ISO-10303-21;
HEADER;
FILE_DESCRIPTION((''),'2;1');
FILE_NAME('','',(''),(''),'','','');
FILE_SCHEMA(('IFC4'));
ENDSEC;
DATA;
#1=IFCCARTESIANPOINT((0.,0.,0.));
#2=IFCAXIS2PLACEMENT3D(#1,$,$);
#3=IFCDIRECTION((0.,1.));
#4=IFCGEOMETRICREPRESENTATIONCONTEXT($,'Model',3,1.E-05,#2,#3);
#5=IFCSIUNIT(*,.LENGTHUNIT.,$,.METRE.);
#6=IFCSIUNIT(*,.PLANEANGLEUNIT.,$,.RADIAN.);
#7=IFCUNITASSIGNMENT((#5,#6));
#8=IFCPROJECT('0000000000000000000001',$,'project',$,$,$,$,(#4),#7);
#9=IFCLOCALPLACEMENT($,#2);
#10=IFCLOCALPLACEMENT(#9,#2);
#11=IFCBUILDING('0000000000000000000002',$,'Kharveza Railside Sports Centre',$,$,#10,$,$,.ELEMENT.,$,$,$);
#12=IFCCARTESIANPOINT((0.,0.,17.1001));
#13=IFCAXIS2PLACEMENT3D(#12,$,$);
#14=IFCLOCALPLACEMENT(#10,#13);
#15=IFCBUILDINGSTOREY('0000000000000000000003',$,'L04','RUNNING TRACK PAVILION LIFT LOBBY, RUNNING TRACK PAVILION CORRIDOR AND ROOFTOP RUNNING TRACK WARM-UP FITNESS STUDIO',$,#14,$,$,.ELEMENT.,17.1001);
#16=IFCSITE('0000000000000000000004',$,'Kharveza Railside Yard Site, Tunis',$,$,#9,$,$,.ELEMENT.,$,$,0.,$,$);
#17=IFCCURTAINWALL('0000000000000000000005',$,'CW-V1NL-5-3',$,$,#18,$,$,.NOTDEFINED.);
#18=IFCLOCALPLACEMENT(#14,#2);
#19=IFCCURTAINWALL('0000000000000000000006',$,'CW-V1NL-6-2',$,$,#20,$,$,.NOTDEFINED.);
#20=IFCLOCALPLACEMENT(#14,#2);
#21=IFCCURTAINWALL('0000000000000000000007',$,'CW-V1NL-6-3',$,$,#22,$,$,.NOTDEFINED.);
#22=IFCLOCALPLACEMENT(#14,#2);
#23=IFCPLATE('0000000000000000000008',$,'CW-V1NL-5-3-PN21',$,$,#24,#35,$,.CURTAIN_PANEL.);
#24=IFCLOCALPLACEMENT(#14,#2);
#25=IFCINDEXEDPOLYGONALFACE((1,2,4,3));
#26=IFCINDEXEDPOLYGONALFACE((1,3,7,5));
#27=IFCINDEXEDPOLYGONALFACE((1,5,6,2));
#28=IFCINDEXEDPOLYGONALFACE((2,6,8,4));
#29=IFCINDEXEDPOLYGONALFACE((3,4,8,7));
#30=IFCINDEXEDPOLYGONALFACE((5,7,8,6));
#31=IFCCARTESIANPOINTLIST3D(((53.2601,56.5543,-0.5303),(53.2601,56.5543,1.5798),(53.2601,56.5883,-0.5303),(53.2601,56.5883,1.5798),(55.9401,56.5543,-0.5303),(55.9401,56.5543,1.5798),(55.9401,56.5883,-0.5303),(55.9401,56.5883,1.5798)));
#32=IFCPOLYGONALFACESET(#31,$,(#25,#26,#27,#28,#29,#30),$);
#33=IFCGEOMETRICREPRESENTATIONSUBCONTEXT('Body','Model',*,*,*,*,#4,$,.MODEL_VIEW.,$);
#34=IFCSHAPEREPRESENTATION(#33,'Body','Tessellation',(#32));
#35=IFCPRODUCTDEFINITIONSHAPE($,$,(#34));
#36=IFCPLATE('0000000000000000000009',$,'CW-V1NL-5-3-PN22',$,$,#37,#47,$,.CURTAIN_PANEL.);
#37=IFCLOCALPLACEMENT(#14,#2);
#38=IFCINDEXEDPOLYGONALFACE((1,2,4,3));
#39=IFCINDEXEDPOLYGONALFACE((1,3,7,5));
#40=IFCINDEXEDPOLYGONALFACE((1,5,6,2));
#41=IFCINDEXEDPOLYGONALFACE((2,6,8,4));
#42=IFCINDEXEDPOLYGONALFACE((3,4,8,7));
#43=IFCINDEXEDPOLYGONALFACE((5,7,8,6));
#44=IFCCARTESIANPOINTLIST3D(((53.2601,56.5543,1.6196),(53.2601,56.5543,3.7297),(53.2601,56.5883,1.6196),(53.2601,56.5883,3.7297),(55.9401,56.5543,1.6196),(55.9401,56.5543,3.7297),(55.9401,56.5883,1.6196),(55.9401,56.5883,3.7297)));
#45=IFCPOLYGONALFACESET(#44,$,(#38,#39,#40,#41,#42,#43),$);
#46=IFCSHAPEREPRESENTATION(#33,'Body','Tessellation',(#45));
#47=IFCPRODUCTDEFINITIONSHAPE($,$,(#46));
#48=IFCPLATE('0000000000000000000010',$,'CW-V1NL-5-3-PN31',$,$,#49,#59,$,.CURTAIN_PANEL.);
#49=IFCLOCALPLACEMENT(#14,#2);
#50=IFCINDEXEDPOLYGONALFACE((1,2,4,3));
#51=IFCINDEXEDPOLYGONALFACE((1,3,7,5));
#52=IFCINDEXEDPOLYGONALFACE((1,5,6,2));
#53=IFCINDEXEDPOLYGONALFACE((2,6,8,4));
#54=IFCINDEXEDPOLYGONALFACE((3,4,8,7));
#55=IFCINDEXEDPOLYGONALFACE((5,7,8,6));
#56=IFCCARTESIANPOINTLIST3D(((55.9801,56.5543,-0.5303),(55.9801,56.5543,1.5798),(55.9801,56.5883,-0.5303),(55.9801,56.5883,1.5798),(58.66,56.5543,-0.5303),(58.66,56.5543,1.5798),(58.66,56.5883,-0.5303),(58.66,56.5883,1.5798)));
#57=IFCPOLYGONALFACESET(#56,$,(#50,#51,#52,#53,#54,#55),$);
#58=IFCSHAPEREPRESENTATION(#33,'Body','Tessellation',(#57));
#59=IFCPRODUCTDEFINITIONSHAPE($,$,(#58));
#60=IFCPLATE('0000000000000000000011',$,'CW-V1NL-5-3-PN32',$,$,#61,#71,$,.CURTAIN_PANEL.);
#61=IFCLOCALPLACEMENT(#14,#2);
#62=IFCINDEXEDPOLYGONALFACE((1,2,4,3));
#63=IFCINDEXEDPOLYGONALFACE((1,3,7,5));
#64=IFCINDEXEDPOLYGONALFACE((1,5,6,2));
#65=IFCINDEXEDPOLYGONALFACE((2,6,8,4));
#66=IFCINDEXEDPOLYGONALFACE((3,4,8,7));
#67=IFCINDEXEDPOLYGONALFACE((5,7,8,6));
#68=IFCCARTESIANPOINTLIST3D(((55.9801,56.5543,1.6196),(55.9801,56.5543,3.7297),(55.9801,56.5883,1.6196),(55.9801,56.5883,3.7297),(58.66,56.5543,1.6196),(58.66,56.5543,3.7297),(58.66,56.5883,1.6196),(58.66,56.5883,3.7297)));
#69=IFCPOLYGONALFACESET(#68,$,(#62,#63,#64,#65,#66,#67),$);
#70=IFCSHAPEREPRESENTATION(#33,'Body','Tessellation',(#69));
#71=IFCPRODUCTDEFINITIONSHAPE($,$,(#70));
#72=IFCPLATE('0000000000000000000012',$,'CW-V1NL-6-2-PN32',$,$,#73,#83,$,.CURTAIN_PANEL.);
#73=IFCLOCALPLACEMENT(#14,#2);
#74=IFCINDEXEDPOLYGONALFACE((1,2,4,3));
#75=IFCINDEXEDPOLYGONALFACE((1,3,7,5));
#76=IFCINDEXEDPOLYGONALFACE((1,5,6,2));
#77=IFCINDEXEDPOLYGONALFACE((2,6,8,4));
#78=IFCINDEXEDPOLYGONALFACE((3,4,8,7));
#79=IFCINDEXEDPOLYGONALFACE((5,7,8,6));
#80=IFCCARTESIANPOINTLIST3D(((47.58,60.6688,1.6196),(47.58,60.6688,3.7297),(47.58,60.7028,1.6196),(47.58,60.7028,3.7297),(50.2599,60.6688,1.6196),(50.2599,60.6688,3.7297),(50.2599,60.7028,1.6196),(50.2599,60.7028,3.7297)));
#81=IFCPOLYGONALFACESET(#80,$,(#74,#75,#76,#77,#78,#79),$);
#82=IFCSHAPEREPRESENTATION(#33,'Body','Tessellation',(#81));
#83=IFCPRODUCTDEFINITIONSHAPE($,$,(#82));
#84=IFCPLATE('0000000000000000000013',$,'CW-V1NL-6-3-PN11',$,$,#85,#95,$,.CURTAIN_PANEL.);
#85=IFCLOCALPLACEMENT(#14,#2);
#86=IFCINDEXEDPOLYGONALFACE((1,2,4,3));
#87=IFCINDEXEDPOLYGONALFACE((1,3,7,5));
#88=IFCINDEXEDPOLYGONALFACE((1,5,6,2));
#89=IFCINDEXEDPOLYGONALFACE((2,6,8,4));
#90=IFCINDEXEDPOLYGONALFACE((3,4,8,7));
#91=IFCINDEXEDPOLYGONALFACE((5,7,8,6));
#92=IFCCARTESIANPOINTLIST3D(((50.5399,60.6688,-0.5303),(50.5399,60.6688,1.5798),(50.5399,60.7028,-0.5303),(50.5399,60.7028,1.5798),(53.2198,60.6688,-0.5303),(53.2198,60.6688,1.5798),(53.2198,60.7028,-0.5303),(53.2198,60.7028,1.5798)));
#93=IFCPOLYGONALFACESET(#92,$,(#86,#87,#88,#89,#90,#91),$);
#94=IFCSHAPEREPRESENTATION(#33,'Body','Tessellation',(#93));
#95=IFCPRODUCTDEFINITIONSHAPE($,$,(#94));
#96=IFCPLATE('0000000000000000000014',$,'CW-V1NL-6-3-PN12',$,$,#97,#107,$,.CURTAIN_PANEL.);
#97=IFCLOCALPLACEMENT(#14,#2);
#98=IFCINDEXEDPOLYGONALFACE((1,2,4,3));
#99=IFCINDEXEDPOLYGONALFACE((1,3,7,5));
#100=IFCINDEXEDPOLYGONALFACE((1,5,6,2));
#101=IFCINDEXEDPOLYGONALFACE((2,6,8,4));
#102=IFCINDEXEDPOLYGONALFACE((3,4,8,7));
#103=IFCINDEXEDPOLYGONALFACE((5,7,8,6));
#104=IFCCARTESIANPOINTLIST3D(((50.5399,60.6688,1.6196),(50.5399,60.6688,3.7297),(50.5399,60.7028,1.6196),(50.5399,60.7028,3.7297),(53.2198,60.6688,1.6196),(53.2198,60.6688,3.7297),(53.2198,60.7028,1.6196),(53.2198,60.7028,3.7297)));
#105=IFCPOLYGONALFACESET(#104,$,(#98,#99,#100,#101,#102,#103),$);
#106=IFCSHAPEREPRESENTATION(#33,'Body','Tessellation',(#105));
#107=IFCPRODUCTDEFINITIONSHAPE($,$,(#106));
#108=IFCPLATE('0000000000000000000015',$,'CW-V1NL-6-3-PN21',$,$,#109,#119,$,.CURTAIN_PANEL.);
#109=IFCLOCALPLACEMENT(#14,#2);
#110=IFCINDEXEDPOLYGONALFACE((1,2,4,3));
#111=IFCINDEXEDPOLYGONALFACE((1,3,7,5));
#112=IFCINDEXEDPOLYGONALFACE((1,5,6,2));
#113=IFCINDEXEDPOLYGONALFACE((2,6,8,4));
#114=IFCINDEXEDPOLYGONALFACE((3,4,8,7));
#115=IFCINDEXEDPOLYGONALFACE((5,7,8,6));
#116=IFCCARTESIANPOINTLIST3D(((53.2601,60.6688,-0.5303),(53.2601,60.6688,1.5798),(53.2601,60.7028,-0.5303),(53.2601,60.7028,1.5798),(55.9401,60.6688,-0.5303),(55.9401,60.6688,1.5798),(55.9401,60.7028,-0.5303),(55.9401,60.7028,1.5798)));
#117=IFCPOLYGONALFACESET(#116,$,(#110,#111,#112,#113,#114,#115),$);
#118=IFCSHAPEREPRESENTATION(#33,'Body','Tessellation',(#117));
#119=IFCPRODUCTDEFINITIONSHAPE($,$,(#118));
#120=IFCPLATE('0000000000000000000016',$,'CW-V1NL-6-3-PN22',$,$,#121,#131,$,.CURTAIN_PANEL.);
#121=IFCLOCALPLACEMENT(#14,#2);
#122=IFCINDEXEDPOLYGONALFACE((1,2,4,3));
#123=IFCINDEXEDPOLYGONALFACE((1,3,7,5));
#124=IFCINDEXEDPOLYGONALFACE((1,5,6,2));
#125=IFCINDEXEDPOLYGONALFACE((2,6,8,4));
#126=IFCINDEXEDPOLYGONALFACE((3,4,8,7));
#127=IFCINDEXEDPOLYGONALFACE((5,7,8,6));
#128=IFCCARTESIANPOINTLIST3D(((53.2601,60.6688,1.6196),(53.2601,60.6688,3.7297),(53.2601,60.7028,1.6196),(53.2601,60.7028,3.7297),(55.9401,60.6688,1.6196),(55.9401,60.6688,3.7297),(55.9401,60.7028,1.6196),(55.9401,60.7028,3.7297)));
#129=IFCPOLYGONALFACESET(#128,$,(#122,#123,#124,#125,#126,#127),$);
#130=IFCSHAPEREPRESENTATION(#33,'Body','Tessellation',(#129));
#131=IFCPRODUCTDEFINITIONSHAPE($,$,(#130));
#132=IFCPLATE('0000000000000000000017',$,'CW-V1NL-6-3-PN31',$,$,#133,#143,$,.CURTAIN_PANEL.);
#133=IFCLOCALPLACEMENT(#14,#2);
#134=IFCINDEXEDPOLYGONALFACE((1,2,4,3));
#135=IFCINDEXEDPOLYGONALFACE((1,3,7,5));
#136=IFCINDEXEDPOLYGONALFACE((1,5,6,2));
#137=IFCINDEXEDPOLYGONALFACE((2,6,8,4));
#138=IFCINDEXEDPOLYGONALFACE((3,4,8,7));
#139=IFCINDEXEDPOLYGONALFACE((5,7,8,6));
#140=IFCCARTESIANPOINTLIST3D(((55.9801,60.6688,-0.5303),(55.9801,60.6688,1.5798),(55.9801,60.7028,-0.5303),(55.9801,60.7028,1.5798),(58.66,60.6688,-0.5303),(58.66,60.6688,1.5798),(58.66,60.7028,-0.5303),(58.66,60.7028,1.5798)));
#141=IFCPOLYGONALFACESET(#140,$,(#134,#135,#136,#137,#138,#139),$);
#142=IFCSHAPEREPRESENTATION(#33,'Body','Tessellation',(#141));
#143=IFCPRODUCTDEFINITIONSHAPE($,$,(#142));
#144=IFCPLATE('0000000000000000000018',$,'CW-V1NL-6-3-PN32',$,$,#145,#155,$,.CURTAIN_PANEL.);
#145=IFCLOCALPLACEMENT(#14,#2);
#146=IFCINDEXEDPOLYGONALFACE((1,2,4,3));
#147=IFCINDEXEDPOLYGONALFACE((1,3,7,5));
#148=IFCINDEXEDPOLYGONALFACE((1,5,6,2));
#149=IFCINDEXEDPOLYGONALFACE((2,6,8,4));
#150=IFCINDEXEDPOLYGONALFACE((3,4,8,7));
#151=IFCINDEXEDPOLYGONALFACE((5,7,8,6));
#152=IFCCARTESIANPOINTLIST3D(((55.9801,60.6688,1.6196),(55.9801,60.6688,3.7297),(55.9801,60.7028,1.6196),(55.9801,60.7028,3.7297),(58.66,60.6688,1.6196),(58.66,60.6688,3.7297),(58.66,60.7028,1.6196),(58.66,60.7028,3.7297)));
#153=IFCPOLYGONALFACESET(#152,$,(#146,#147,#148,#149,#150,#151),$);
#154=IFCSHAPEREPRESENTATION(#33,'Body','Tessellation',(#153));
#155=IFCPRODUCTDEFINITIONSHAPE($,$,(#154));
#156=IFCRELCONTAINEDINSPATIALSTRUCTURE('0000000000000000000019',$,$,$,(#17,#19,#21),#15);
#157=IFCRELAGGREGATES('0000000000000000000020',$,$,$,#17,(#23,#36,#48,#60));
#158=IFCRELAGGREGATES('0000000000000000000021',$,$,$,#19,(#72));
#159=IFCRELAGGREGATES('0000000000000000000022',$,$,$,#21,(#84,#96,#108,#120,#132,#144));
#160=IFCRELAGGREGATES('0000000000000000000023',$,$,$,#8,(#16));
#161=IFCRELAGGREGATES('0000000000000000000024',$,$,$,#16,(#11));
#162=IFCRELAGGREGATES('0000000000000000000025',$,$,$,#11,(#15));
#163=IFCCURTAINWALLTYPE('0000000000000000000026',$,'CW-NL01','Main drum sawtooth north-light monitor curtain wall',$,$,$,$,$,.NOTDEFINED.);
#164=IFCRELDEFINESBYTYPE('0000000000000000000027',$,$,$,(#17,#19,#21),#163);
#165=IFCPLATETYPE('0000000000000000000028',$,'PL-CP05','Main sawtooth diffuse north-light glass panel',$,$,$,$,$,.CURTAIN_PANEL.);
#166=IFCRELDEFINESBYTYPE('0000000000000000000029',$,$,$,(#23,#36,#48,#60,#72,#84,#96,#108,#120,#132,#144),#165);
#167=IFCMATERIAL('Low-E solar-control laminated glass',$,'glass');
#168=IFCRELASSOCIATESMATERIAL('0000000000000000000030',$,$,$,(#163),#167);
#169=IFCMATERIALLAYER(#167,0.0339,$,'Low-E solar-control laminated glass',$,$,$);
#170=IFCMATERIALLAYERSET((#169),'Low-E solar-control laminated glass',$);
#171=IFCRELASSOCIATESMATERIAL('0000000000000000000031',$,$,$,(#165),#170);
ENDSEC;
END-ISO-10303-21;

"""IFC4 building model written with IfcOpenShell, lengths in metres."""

from ifc_helpers import new_model, si_unit, direction, frame, origin, origin_2d, place, context, subcontext, project, spatial, rectangle, extrude, material, layer, layer_set, type_object, element, aggregate, save


model = new_model("IFC4")

# Units and contexts
model_context = context("Model", 3, precision=1e-05, world=origin(), true_north=direction((0.0, 1.0)))
body_context = subcontext(model_context, "Body", "Model", "MODEL_VIEW")
ifc_project = project(units=[si_unit("LENGTHUNIT", "METRE"), si_unit("PLANEANGLEUNIT", "RADIAN")], contexts=[model_context])

# Site, building, storey
site_placement = place(None, origin())
site = spatial("IfcSite", under=ifc_project, at=site_placement, Name="Kharveza Railside Yard Site, Tunis", CompositionType="ELEMENT", RefElevation=0.0)
building_placement = place(site_placement, origin())
building = spatial("IfcBuilding", under=site, at=building_placement, Name="Kharveza Railside Sports Centre", CompositionType="ELEMENT")
storey_placement = place(building_placement, frame((0.0, 0.0, 17.1001)))
storey = spatial("IfcBuildingStorey", under=building, at=storey_placement, Name="L04", Description="RUNNING TRACK PAVILION LIFT LOBBY, RUNNING TRACK PAVILION CORRIDOR AND ROOFTOP RUNNING TRACK WARM-UP FITNESS STUDIO", CompositionType="ELEMENT", Elevation=17.1001)

# Shared definitions
ifc_material_1 = material(Name="Low-E solar-control laminated glass", Category="glass")
curtain_wall_type = type_object("IfcCurtainWallType", Name="CW-NL01", Description="Main drum sawtooth north-light monitor curtain wall", PredefinedType="NOTDEFINED", material=ifc_material_1)

# Curtain wall
curtain_wall_1_placement = place(storey_placement, origin())
curtain_wall_1 = element("IfcCurtainWall", 1, at=curtain_wall_1_placement, inside=storey, type_object=curtain_wall_type, Name="CW-V1NL-5-3", PredefinedType="NOTDEFINED")

# Curtain wall
curtain_wall_2_placement = place(storey_placement, origin())
curtain_wall_2 = element("IfcCurtainWall", 2, at=curtain_wall_2_placement, inside=storey, type_object=curtain_wall_type, Name="CW-V1NL-6-2", PredefinedType="NOTDEFINED")

# Curtain wall
curtain_wall_3_placement = place(storey_placement, origin())
curtain_wall_3 = element("IfcCurtainWall", 3, at=curtain_wall_3_placement, inside=storey, type_object=curtain_wall_type, Name="CW-V1NL-6-3", PredefinedType="NOTDEFINED")

# Plates
ifc_layer = layer(ifc_material_1, 0.0339, Name="Low-E solar-control laminated glass")
ifc_layer_set = layer_set([ifc_layer], Name="Low-E solar-control laminated glass")
plate_type = type_object("IfcPlateType", Name="PL-CP05", Description="Main sawtooth diffuse north-light glass panel", PredefinedType="CURTAIN_PANEL", material=ifc_layer_set)
plate_1_placement = place(storey_placement, frame((54.6001, 56.5713, -0.5303), z_axis=(0.0, 0.0, 1.0), x_axis=(1.0, 0.0, 0.0)))
plate_1 = element("IfcPlate", 4, at=plate_1_placement, type_object=plate_type, Name="CW-V1NL-5-3-PN21", PredefinedType="CURTAIN_PANEL", context=body_context, shape_type="SweptSolid", body=[
    extrude(rectangle(XDim=2.6799, YDim=0.0339, at=origin_2d()), origin(), (0.0, 0.0, 1.0), 2.1101),
])
plate_2_placement = place(storey_placement, frame((54.6001, 56.5713, 1.6196), z_axis=(0.0, 0.0, 1.0), x_axis=(1.0, 0.0, 0.0)))
plate_2 = element("IfcPlate", 5, at=plate_2_placement, type_object=plate_type, Name="CW-V1NL-5-3-PN22", PredefinedType="CURTAIN_PANEL", context=body_context, shape_type="SweptSolid", body=[
    extrude(rectangle(XDim=2.6799, YDim=0.0339, at=origin_2d()), origin(), (0.0, 0.0, 1.0), 2.1101),
])
plate_3_placement = place(storey_placement, frame((57.3201, 56.5713, -0.5303), z_axis=(0.0, 0.0, 1.0), x_axis=(1.0, 0.0, 0.0)))
plate_3 = element("IfcPlate", 6, at=plate_3_placement, type_object=plate_type, Name="CW-V1NL-5-3-PN31", PredefinedType="CURTAIN_PANEL", context=body_context, shape_type="SweptSolid", body=[
    extrude(rectangle(XDim=2.6799, YDim=0.0339, at=origin_2d()), origin(), (0.0, 0.0, 1.0), 2.1101),
])
plate_4_placement = place(storey_placement, frame((57.3201, 56.5713, 1.6196), z_axis=(0.0, 0.0, 1.0), x_axis=(1.0, 0.0, 0.0)))
plate_4 = element("IfcPlate", 7, at=plate_4_placement, type_object=plate_type, Name="CW-V1NL-5-3-PN32", PredefinedType="CURTAIN_PANEL", context=body_context, shape_type="SweptSolid", body=[
    extrude(rectangle(XDim=2.6799, YDim=0.0339, at=origin_2d()), origin(), (0.0, 0.0, 1.0), 2.1101),
])
aggregate(curtain_wall_1, [plate_1, plate_2, plate_3, plate_4])
plate_5_placement = place(storey_placement, frame((48.9199, 60.6858, 1.6196), z_axis=(0.0, 0.0, 1.0), x_axis=(1.0, 0.0, 0.0)))
plate_5 = element("IfcPlate", 8, at=plate_5_placement, type_object=plate_type, Name="CW-V1NL-6-2-PN32", PredefinedType="CURTAIN_PANEL", context=body_context, shape_type="SweptSolid", body=[
    extrude(rectangle(XDim=2.6799, YDim=0.0339, at=origin_2d()), origin(), (0.0, 0.0, 1.0), 2.1101),
])
aggregate(curtain_wall_2, [plate_5])
plate_6_placement = place(storey_placement, frame((51.8799, 60.6858, -0.5303), z_axis=(0.0, 0.0, 1.0), x_axis=(1.0, 0.0, 0.0)))
plate_6 = element("IfcPlate", 9, at=plate_6_placement, type_object=plate_type, Name="CW-V1NL-6-3-PN11", PredefinedType="CURTAIN_PANEL", context=body_context, shape_type="SweptSolid", body=[
    extrude(rectangle(XDim=2.6799, YDim=0.0339, at=origin_2d()), origin(), (0.0, 0.0, 1.0), 2.1101),
])
plate_7_placement = place(storey_placement, frame((51.8799, 60.6858, 1.6196), z_axis=(0.0, 0.0, 1.0), x_axis=(1.0, 0.0, 0.0)))
plate_7 = element("IfcPlate", 10, at=plate_7_placement, type_object=plate_type, Name="CW-V1NL-6-3-PN12", PredefinedType="CURTAIN_PANEL", context=body_context, shape_type="SweptSolid", body=[
    extrude(rectangle(XDim=2.6799, YDim=0.0339, at=origin_2d()), origin(), (0.0, 0.0, 1.0), 2.1101),
])
plate_8_placement = place(storey_placement, frame((54.6001, 60.6858, -0.5303), z_axis=(0.0, 0.0, 1.0), x_axis=(1.0, 0.0, 0.0)))
plate_8 = element("IfcPlate", 11, at=plate_8_placement, type_object=plate_type, Name="CW-V1NL-6-3-PN21", PredefinedType="CURTAIN_PANEL", context=body_context, shape_type="SweptSolid", body=[
    extrude(rectangle(XDim=2.6799, YDim=0.0339, at=origin_2d()), origin(), (0.0, 0.0, 1.0), 2.1101),
])
plate_9_placement = place(storey_placement, frame((54.6001, 60.6858, 1.6196), z_axis=(0.0, 0.0, 1.0), x_axis=(1.0, 0.0, 0.0)))
plate_9 = element("IfcPlate", 12, at=plate_9_placement, type_object=plate_type, Name="CW-V1NL-6-3-PN22", PredefinedType="CURTAIN_PANEL", context=body_context, shape_type="SweptSolid", body=[
    extrude(rectangle(XDim=2.6799, YDim=0.0339, at=origin_2d()), origin(), (0.0, 0.0, 1.0), 2.1101),
])
plate_10_placement = place(storey_placement, frame((57.3201, 60.6858, -0.5303), z_axis=(0.0, 0.0, 1.0), x_axis=(1.0, 0.0, 0.0)))
plate_10 = element("IfcPlate", 13, at=plate_10_placement, type_object=plate_type, Name="CW-V1NL-6-3-PN31", PredefinedType="CURTAIN_PANEL", context=body_context, shape_type="SweptSolid", body=[
    extrude(rectangle(XDim=2.6799, YDim=0.0339, at=origin_2d()), origin(), (0.0, 0.0, 1.0), 2.1101),
])
plate_11_placement = place(storey_placement, frame((57.3201, 60.6858, 1.6196), z_axis=(0.0, 0.0, 1.0), x_axis=(1.0, 0.0, 0.0)))
plate_11 = element("IfcPlate", 14, at=plate_11_placement, type_object=plate_type, Name="CW-V1NL-6-3-PN32", PredefinedType="CURTAIN_PANEL", context=body_context, shape_type="SweptSolid", body=[
    extrude(rectangle(XDim=2.6799, YDim=0.0339, at=origin_2d()), origin(), (0.0, 0.0, 1.0), 2.1101),
])
aggregate(curtain_wall_3, [plate_6, plate_7, plate_8, plate_9, plate_10, plate_11])

save(model, "model.ifc")
